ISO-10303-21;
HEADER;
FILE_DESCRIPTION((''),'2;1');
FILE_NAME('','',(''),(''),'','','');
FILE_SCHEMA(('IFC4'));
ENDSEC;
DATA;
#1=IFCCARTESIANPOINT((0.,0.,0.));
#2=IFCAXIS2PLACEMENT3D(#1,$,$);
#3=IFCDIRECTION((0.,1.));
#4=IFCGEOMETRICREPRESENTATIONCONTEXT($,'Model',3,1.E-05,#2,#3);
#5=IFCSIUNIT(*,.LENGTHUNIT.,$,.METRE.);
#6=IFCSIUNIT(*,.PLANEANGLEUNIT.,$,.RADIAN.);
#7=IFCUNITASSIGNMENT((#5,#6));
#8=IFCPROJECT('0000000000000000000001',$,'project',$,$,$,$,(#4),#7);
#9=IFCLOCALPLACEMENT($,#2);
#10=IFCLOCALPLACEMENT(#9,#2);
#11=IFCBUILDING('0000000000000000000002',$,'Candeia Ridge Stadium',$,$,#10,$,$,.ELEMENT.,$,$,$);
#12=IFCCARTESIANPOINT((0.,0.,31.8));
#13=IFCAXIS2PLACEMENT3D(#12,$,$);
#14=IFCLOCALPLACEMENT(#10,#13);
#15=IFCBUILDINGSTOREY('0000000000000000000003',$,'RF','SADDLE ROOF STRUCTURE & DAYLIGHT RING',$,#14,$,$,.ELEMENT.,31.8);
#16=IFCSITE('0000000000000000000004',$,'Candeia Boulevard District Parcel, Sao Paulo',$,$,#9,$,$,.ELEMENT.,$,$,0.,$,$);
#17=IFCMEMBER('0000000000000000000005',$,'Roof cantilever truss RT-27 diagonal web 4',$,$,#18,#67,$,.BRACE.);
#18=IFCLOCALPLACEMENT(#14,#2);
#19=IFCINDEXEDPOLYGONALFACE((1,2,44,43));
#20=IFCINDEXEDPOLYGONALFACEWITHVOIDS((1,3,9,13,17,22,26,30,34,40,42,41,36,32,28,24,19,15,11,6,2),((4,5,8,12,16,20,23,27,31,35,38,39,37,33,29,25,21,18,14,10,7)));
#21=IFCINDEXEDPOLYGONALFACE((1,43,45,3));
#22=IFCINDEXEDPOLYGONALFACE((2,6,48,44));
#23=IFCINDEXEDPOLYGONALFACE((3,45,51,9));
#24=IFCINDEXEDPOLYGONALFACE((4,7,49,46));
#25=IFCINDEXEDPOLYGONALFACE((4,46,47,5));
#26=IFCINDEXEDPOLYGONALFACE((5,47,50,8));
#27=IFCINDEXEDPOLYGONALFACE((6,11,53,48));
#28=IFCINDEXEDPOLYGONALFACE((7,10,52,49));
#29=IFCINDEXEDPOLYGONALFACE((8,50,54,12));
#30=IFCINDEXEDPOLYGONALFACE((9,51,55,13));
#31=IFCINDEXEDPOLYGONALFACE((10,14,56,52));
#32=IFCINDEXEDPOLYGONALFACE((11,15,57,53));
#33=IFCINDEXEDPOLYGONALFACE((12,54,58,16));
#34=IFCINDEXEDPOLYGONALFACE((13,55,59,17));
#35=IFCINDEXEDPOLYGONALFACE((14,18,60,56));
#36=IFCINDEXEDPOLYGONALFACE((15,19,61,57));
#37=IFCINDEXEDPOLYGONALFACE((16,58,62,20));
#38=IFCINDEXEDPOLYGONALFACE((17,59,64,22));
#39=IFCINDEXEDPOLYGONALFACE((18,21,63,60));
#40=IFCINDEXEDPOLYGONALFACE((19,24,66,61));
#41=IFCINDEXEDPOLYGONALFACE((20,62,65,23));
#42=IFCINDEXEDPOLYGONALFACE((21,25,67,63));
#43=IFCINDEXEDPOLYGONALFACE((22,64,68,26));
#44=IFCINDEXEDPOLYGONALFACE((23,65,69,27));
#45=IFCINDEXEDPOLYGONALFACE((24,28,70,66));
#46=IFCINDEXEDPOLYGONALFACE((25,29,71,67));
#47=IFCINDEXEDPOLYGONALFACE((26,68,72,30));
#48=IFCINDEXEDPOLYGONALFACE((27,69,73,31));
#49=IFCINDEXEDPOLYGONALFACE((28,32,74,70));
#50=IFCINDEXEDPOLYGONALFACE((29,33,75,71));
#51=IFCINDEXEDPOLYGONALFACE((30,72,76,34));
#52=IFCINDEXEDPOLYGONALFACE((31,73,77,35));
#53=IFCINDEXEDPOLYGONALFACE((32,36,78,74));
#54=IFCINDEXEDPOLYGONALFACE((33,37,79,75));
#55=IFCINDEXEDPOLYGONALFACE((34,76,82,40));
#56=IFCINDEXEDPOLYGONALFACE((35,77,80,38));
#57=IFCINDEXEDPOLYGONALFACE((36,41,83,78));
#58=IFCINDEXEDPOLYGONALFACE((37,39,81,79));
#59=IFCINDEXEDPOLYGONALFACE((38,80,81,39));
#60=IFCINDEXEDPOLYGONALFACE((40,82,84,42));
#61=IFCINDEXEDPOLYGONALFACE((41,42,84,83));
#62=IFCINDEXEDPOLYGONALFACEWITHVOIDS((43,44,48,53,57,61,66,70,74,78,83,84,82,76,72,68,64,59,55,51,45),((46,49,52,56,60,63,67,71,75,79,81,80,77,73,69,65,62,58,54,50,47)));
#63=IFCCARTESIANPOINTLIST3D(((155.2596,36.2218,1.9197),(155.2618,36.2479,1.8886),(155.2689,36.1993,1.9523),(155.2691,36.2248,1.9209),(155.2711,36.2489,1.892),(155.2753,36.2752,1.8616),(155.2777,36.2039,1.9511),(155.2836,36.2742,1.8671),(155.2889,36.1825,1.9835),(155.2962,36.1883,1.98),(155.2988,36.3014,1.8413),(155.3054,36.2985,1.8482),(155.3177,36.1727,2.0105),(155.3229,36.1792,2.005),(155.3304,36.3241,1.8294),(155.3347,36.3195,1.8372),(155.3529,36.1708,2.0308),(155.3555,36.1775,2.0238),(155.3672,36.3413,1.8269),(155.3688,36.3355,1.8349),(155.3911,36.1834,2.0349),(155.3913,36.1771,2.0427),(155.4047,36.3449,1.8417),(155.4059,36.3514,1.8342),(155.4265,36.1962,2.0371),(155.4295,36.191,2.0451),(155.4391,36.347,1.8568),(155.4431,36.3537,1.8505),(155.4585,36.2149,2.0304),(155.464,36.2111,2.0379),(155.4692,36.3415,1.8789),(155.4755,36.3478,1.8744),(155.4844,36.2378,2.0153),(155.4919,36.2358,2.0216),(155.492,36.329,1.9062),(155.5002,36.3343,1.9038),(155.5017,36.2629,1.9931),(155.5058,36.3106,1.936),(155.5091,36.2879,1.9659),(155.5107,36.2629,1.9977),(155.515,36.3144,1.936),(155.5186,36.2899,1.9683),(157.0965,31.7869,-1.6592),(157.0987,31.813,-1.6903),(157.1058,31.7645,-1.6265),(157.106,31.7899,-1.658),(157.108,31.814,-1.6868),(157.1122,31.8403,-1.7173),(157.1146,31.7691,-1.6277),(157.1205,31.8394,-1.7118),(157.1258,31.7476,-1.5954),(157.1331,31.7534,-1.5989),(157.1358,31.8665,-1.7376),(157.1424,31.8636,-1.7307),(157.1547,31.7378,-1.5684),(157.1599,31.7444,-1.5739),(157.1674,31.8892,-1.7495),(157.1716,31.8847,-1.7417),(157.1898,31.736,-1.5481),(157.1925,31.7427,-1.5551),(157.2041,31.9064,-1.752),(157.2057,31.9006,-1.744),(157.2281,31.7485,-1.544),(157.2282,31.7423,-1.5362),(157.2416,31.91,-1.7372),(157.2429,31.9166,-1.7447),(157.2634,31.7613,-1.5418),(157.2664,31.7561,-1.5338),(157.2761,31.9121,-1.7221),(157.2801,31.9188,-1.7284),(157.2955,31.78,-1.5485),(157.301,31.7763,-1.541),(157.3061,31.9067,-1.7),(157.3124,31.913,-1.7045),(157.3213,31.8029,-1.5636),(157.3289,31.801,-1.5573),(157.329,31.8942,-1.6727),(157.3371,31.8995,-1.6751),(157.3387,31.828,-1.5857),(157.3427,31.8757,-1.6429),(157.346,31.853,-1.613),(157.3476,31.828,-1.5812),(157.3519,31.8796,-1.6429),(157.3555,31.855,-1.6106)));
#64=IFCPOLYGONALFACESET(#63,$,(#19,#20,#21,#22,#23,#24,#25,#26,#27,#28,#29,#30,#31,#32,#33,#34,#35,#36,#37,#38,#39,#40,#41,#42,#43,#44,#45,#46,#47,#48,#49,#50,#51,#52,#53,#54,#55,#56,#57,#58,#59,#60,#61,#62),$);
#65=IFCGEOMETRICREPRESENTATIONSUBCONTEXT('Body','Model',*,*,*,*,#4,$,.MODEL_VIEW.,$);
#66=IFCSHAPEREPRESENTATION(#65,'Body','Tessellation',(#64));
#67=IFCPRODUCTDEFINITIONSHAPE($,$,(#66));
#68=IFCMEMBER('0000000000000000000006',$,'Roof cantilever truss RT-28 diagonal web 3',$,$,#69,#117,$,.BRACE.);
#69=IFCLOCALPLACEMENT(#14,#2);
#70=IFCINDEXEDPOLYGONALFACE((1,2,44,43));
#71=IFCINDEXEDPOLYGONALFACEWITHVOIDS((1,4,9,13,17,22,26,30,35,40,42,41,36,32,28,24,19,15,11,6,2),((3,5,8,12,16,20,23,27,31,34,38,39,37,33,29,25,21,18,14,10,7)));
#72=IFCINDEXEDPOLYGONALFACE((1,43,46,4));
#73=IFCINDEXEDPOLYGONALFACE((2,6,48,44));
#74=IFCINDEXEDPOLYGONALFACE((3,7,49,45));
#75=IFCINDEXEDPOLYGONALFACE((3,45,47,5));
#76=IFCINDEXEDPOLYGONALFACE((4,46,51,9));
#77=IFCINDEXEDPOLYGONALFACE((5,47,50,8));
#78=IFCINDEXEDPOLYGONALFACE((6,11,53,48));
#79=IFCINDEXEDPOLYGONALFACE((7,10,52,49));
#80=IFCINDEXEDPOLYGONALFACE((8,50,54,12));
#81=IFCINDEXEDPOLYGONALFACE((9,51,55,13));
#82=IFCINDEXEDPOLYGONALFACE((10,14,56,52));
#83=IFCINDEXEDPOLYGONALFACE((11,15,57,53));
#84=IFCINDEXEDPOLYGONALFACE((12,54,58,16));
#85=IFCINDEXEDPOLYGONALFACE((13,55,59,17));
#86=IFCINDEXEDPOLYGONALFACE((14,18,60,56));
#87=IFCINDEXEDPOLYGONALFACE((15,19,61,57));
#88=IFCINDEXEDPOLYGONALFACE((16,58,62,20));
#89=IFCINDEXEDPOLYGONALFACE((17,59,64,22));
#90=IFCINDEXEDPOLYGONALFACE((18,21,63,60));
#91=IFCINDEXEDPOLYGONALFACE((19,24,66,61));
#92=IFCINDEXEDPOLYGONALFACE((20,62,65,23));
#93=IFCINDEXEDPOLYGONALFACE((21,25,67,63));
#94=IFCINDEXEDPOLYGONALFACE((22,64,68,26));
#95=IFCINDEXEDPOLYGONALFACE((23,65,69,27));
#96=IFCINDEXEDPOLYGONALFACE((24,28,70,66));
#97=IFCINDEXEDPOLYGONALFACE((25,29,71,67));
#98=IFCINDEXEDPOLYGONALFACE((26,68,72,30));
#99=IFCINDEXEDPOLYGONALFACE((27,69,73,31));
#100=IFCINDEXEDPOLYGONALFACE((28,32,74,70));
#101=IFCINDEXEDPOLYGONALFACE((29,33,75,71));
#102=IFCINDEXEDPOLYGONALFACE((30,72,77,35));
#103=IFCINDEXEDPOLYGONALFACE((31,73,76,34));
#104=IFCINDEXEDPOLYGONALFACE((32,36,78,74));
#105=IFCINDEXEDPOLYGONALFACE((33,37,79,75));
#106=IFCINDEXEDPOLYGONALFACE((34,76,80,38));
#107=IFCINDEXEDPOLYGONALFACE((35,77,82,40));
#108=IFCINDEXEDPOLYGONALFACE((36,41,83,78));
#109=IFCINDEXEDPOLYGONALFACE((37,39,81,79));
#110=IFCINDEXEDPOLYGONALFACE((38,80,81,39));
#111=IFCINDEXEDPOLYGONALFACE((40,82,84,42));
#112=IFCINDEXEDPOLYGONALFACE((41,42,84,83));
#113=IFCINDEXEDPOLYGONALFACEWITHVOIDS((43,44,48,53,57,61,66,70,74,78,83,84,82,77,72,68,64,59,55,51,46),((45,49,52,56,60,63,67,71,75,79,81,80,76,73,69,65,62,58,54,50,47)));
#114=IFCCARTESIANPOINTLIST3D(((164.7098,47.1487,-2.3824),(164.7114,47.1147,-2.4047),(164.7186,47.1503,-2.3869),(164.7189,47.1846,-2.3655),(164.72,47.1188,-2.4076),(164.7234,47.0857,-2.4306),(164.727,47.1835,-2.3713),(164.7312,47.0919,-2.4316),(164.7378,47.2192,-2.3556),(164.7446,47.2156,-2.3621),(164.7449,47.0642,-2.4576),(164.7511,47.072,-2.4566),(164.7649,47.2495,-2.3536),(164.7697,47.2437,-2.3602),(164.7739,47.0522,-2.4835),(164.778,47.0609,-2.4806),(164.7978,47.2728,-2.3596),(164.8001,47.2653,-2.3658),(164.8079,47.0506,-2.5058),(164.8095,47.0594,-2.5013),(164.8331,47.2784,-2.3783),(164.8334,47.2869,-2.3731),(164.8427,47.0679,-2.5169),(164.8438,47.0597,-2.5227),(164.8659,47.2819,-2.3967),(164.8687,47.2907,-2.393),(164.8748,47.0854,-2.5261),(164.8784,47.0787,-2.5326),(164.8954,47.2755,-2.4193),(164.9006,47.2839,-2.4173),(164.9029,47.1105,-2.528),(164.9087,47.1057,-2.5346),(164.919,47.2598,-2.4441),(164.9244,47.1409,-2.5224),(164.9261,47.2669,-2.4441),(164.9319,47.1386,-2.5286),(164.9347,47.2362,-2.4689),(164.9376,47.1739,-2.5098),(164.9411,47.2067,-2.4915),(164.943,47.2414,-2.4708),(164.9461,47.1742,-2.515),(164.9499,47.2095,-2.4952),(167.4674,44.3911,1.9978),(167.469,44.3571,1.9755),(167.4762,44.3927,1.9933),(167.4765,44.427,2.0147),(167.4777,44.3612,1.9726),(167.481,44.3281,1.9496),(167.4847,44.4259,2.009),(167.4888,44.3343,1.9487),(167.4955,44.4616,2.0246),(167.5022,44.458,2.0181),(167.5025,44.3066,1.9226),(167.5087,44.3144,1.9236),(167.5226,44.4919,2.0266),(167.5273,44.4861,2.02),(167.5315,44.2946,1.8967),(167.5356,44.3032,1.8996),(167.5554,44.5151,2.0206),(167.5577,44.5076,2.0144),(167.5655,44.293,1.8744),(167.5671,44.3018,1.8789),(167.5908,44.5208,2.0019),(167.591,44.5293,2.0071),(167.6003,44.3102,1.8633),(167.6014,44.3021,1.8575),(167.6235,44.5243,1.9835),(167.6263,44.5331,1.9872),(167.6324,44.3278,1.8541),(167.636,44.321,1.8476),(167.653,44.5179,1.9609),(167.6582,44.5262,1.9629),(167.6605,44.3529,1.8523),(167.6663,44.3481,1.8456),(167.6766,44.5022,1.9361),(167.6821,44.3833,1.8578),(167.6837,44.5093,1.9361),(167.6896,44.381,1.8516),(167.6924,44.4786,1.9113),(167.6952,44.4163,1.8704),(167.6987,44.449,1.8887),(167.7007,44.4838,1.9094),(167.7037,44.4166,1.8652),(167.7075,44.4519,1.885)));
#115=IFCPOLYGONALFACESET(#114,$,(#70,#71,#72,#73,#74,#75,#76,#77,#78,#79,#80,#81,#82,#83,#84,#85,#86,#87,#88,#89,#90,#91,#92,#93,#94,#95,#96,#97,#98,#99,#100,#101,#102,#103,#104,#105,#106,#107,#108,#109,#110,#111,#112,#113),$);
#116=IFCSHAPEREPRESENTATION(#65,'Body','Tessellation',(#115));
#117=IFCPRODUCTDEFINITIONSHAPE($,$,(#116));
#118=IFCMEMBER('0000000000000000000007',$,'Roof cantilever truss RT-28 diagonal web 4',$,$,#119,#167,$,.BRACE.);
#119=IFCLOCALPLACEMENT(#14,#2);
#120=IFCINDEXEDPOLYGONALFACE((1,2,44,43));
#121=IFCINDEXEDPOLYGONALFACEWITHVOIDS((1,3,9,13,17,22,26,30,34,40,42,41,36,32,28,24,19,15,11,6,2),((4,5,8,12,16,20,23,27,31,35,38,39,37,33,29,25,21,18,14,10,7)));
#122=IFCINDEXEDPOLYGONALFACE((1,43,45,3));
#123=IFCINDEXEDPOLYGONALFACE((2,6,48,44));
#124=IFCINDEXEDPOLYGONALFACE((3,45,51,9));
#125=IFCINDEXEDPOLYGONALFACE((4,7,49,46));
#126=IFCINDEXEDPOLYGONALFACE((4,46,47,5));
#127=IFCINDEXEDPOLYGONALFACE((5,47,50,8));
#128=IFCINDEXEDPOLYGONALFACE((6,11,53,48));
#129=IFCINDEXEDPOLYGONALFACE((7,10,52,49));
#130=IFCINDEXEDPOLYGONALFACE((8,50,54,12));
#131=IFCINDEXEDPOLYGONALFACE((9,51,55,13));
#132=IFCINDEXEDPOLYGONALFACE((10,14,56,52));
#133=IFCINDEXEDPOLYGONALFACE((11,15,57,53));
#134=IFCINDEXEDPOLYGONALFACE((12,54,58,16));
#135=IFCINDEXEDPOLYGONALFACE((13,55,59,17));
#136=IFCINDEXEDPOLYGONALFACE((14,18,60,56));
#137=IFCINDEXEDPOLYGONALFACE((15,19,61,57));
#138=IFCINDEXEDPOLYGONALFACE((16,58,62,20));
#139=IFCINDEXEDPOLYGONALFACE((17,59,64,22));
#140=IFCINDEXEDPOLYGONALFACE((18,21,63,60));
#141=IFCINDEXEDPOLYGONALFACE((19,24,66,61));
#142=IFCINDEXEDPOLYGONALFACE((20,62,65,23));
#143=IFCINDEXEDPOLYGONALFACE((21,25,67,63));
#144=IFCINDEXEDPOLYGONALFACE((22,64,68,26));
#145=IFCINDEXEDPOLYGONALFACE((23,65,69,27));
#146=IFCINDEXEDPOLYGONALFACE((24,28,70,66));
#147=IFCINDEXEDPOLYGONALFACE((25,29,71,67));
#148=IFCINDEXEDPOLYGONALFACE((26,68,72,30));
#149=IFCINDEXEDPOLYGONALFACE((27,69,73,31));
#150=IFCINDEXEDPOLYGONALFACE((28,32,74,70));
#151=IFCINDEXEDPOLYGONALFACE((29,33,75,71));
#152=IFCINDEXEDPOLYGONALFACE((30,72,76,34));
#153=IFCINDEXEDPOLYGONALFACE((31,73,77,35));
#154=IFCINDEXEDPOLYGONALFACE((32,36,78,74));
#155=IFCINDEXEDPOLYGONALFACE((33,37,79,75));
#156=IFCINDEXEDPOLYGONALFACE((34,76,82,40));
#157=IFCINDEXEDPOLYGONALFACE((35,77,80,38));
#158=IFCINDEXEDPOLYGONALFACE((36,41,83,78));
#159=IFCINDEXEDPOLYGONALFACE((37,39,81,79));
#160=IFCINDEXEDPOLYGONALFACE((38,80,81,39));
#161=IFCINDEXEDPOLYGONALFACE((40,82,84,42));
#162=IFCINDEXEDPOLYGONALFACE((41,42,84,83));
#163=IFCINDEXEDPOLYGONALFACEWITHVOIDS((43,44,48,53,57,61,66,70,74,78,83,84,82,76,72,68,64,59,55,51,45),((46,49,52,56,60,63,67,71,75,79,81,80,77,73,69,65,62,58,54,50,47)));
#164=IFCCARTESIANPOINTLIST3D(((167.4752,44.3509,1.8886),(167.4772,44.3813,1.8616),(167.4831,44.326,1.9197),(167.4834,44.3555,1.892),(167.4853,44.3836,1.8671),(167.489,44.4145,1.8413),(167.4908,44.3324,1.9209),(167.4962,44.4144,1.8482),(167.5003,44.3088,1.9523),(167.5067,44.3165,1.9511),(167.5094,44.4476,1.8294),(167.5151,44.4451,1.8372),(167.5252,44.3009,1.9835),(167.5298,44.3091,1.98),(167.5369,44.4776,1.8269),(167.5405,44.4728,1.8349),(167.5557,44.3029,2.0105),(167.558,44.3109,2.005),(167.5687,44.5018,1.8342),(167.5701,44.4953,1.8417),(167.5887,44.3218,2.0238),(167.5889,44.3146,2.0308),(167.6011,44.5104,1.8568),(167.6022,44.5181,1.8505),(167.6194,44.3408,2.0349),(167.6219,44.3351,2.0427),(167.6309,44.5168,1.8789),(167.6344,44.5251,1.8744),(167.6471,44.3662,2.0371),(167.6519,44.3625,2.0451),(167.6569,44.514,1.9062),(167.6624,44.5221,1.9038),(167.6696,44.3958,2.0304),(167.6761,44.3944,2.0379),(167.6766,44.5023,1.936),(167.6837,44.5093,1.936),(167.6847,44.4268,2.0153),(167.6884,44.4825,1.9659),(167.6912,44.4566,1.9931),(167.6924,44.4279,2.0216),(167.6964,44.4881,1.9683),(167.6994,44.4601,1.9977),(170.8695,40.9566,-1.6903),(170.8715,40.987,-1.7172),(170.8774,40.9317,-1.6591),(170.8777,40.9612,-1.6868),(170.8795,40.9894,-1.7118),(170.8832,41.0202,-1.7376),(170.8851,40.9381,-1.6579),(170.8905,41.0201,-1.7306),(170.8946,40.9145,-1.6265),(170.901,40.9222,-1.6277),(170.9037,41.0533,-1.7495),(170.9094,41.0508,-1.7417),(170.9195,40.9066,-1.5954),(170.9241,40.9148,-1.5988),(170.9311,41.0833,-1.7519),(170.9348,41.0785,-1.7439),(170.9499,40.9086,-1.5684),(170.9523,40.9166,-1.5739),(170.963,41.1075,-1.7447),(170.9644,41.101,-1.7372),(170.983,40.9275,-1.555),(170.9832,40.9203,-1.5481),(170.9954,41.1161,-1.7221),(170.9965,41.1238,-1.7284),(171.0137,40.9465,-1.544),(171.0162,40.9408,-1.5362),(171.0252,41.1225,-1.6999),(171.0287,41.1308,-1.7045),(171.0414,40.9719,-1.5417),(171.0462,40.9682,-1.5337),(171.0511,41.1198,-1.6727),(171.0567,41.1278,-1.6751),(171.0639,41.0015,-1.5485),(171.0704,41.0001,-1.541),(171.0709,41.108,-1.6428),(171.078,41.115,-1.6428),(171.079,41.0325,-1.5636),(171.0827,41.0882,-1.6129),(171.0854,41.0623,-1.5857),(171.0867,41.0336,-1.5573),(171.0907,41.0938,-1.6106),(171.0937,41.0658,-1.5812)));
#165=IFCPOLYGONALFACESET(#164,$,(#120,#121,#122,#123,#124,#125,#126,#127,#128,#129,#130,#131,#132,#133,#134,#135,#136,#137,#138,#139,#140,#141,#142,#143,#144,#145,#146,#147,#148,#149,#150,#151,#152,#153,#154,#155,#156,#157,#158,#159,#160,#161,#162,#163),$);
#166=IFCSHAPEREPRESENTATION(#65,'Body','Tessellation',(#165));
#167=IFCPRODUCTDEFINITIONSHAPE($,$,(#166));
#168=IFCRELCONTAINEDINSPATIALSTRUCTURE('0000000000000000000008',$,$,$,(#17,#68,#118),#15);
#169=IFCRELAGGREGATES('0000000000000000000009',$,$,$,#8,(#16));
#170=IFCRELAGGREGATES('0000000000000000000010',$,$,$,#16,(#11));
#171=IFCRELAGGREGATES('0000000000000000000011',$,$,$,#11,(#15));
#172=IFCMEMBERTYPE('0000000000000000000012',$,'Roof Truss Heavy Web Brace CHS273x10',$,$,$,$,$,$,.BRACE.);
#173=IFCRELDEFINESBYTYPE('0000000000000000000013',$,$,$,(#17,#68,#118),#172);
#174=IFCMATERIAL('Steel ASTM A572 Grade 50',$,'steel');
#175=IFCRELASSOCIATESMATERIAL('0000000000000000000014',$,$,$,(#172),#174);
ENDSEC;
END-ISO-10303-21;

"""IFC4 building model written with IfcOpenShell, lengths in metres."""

from ifc_helpers import new_model, si_unit, direction, frame, origin, origin_2d, place, context, subcontext, project, spatial, hollow_circle, extrude, material, material_profile, profile_set, type_object, element, save


model = new_model("IFC4")

# Units and contexts
model_context = context("Model", 3, precision=1e-05, world=origin(), true_north=direction((0.0, 1.0)))
body_context = subcontext(model_context, "Body", "Model", "MODEL_VIEW")
ifc_project = project(units=[si_unit("LENGTHUNIT", "METRE"), si_unit("PLANEANGLEUNIT", "RADIAN")], contexts=[model_context])

# Site, building, storey
site_placement = place(None, origin())
site = spatial("IfcSite", under=ifc_project, at=site_placement, Name="Candeia Boulevard District Parcel, Sao Paulo", CompositionType="ELEMENT", RefElevation=0.0)
building_placement = place(site_placement, origin())
building = spatial("IfcBuilding", under=site, at=building_placement, Name="Candeia Ridge Stadium", CompositionType="ELEMENT")
storey_placement = place(building_placement, frame((0.0, 0.0, 31.8)))
storey = spatial("IfcBuildingStorey", under=building, at=storey_placement, Name="RF", Description="SADDLE ROOF STRUCTURE & DAYLIGHT RING", CompositionType="ELEMENT", Elevation=31.8)

# Shared definitions
ifc_material_1 = material(Name="Steel ASTM A572 Grade 50", Category="steel")

# Members
ifc_material_profile_1 = material_profile(ifc_material_1, hollow_circle(Radius=0.1365, WallThickness=0.01, at=origin_2d()), Name="CHS273x10", Category="steel")
ifc_profile_set_1 = profile_set([ifc_material_profile_1], Name="Steel ASTM A572 Grade 50")
member_type_1 = type_object("IfcMemberType", Name="Roof Truss Heavy Web Brace CHS273x10", PredefinedType="BRACE", material=ifc_profile_set_1)
member_1_placement = place(storey_placement, frame((155.3889, 36.2622, 1.936), z_axis=(0.306792, -0.74068, -0.597722), x_axis=(0.923883, 0.382675, 0.0)))
element("IfcMember", 1, at=member_1_placement, inside=storey, type_object=member_type_1, Name="Roof cantilever truss RT-27 diagonal web 4", PredefinedType="BRACE", context=body_context, shape_type="SweptSolid", body=[
    extrude(hollow_circle(Radius=0.1365, WallThickness=0.01, at=origin_2d()), origin(), (0.0, 0.0, 1.0), 5.9875),
])
member_2_placement = place(storey_placement, frame((164.8296, 47.1704, -2.4441), z_axis=(0.470203, -0.470203, 0.746872), x_axis=(0.707107, 0.707107, 0.0)))
element("IfcMember", 2, at=member_2_placement, inside=storey, type_object=member_type_1, Name="Roof cantilever truss RT-28 diagonal web 3", PredefinedType="BRACE", context=body_context, shape_type="SweptSolid", body=[
    extrude(hollow_circle(Radius=0.1365, WallThickness=0.01, at=origin_2d()), origin(), (0.0, 0.0, 1.0), 5.8647),
])
member_3_placement = place(storey_placement, frame((167.5872, 44.4128, 1.936), z_axis=(0.566892, -0.566892, -0.597718), x_axis=(0.707107, 0.707107, 0.0)))
element("IfcMember", 3, at=member_3_placement, inside=storey, type_object=member_type_1, Name="Roof cantilever truss RT-28 diagonal web 4", PredefinedType="BRACE", context=body_context, shape_type="SweptSolid", body=[
    extrude(hollow_circle(Radius=0.1365, WallThickness=0.01, at=origin_2d()), origin(), (0.0, 0.0, 1.0), 5.9875),
])

save(model, "model.ifc")
